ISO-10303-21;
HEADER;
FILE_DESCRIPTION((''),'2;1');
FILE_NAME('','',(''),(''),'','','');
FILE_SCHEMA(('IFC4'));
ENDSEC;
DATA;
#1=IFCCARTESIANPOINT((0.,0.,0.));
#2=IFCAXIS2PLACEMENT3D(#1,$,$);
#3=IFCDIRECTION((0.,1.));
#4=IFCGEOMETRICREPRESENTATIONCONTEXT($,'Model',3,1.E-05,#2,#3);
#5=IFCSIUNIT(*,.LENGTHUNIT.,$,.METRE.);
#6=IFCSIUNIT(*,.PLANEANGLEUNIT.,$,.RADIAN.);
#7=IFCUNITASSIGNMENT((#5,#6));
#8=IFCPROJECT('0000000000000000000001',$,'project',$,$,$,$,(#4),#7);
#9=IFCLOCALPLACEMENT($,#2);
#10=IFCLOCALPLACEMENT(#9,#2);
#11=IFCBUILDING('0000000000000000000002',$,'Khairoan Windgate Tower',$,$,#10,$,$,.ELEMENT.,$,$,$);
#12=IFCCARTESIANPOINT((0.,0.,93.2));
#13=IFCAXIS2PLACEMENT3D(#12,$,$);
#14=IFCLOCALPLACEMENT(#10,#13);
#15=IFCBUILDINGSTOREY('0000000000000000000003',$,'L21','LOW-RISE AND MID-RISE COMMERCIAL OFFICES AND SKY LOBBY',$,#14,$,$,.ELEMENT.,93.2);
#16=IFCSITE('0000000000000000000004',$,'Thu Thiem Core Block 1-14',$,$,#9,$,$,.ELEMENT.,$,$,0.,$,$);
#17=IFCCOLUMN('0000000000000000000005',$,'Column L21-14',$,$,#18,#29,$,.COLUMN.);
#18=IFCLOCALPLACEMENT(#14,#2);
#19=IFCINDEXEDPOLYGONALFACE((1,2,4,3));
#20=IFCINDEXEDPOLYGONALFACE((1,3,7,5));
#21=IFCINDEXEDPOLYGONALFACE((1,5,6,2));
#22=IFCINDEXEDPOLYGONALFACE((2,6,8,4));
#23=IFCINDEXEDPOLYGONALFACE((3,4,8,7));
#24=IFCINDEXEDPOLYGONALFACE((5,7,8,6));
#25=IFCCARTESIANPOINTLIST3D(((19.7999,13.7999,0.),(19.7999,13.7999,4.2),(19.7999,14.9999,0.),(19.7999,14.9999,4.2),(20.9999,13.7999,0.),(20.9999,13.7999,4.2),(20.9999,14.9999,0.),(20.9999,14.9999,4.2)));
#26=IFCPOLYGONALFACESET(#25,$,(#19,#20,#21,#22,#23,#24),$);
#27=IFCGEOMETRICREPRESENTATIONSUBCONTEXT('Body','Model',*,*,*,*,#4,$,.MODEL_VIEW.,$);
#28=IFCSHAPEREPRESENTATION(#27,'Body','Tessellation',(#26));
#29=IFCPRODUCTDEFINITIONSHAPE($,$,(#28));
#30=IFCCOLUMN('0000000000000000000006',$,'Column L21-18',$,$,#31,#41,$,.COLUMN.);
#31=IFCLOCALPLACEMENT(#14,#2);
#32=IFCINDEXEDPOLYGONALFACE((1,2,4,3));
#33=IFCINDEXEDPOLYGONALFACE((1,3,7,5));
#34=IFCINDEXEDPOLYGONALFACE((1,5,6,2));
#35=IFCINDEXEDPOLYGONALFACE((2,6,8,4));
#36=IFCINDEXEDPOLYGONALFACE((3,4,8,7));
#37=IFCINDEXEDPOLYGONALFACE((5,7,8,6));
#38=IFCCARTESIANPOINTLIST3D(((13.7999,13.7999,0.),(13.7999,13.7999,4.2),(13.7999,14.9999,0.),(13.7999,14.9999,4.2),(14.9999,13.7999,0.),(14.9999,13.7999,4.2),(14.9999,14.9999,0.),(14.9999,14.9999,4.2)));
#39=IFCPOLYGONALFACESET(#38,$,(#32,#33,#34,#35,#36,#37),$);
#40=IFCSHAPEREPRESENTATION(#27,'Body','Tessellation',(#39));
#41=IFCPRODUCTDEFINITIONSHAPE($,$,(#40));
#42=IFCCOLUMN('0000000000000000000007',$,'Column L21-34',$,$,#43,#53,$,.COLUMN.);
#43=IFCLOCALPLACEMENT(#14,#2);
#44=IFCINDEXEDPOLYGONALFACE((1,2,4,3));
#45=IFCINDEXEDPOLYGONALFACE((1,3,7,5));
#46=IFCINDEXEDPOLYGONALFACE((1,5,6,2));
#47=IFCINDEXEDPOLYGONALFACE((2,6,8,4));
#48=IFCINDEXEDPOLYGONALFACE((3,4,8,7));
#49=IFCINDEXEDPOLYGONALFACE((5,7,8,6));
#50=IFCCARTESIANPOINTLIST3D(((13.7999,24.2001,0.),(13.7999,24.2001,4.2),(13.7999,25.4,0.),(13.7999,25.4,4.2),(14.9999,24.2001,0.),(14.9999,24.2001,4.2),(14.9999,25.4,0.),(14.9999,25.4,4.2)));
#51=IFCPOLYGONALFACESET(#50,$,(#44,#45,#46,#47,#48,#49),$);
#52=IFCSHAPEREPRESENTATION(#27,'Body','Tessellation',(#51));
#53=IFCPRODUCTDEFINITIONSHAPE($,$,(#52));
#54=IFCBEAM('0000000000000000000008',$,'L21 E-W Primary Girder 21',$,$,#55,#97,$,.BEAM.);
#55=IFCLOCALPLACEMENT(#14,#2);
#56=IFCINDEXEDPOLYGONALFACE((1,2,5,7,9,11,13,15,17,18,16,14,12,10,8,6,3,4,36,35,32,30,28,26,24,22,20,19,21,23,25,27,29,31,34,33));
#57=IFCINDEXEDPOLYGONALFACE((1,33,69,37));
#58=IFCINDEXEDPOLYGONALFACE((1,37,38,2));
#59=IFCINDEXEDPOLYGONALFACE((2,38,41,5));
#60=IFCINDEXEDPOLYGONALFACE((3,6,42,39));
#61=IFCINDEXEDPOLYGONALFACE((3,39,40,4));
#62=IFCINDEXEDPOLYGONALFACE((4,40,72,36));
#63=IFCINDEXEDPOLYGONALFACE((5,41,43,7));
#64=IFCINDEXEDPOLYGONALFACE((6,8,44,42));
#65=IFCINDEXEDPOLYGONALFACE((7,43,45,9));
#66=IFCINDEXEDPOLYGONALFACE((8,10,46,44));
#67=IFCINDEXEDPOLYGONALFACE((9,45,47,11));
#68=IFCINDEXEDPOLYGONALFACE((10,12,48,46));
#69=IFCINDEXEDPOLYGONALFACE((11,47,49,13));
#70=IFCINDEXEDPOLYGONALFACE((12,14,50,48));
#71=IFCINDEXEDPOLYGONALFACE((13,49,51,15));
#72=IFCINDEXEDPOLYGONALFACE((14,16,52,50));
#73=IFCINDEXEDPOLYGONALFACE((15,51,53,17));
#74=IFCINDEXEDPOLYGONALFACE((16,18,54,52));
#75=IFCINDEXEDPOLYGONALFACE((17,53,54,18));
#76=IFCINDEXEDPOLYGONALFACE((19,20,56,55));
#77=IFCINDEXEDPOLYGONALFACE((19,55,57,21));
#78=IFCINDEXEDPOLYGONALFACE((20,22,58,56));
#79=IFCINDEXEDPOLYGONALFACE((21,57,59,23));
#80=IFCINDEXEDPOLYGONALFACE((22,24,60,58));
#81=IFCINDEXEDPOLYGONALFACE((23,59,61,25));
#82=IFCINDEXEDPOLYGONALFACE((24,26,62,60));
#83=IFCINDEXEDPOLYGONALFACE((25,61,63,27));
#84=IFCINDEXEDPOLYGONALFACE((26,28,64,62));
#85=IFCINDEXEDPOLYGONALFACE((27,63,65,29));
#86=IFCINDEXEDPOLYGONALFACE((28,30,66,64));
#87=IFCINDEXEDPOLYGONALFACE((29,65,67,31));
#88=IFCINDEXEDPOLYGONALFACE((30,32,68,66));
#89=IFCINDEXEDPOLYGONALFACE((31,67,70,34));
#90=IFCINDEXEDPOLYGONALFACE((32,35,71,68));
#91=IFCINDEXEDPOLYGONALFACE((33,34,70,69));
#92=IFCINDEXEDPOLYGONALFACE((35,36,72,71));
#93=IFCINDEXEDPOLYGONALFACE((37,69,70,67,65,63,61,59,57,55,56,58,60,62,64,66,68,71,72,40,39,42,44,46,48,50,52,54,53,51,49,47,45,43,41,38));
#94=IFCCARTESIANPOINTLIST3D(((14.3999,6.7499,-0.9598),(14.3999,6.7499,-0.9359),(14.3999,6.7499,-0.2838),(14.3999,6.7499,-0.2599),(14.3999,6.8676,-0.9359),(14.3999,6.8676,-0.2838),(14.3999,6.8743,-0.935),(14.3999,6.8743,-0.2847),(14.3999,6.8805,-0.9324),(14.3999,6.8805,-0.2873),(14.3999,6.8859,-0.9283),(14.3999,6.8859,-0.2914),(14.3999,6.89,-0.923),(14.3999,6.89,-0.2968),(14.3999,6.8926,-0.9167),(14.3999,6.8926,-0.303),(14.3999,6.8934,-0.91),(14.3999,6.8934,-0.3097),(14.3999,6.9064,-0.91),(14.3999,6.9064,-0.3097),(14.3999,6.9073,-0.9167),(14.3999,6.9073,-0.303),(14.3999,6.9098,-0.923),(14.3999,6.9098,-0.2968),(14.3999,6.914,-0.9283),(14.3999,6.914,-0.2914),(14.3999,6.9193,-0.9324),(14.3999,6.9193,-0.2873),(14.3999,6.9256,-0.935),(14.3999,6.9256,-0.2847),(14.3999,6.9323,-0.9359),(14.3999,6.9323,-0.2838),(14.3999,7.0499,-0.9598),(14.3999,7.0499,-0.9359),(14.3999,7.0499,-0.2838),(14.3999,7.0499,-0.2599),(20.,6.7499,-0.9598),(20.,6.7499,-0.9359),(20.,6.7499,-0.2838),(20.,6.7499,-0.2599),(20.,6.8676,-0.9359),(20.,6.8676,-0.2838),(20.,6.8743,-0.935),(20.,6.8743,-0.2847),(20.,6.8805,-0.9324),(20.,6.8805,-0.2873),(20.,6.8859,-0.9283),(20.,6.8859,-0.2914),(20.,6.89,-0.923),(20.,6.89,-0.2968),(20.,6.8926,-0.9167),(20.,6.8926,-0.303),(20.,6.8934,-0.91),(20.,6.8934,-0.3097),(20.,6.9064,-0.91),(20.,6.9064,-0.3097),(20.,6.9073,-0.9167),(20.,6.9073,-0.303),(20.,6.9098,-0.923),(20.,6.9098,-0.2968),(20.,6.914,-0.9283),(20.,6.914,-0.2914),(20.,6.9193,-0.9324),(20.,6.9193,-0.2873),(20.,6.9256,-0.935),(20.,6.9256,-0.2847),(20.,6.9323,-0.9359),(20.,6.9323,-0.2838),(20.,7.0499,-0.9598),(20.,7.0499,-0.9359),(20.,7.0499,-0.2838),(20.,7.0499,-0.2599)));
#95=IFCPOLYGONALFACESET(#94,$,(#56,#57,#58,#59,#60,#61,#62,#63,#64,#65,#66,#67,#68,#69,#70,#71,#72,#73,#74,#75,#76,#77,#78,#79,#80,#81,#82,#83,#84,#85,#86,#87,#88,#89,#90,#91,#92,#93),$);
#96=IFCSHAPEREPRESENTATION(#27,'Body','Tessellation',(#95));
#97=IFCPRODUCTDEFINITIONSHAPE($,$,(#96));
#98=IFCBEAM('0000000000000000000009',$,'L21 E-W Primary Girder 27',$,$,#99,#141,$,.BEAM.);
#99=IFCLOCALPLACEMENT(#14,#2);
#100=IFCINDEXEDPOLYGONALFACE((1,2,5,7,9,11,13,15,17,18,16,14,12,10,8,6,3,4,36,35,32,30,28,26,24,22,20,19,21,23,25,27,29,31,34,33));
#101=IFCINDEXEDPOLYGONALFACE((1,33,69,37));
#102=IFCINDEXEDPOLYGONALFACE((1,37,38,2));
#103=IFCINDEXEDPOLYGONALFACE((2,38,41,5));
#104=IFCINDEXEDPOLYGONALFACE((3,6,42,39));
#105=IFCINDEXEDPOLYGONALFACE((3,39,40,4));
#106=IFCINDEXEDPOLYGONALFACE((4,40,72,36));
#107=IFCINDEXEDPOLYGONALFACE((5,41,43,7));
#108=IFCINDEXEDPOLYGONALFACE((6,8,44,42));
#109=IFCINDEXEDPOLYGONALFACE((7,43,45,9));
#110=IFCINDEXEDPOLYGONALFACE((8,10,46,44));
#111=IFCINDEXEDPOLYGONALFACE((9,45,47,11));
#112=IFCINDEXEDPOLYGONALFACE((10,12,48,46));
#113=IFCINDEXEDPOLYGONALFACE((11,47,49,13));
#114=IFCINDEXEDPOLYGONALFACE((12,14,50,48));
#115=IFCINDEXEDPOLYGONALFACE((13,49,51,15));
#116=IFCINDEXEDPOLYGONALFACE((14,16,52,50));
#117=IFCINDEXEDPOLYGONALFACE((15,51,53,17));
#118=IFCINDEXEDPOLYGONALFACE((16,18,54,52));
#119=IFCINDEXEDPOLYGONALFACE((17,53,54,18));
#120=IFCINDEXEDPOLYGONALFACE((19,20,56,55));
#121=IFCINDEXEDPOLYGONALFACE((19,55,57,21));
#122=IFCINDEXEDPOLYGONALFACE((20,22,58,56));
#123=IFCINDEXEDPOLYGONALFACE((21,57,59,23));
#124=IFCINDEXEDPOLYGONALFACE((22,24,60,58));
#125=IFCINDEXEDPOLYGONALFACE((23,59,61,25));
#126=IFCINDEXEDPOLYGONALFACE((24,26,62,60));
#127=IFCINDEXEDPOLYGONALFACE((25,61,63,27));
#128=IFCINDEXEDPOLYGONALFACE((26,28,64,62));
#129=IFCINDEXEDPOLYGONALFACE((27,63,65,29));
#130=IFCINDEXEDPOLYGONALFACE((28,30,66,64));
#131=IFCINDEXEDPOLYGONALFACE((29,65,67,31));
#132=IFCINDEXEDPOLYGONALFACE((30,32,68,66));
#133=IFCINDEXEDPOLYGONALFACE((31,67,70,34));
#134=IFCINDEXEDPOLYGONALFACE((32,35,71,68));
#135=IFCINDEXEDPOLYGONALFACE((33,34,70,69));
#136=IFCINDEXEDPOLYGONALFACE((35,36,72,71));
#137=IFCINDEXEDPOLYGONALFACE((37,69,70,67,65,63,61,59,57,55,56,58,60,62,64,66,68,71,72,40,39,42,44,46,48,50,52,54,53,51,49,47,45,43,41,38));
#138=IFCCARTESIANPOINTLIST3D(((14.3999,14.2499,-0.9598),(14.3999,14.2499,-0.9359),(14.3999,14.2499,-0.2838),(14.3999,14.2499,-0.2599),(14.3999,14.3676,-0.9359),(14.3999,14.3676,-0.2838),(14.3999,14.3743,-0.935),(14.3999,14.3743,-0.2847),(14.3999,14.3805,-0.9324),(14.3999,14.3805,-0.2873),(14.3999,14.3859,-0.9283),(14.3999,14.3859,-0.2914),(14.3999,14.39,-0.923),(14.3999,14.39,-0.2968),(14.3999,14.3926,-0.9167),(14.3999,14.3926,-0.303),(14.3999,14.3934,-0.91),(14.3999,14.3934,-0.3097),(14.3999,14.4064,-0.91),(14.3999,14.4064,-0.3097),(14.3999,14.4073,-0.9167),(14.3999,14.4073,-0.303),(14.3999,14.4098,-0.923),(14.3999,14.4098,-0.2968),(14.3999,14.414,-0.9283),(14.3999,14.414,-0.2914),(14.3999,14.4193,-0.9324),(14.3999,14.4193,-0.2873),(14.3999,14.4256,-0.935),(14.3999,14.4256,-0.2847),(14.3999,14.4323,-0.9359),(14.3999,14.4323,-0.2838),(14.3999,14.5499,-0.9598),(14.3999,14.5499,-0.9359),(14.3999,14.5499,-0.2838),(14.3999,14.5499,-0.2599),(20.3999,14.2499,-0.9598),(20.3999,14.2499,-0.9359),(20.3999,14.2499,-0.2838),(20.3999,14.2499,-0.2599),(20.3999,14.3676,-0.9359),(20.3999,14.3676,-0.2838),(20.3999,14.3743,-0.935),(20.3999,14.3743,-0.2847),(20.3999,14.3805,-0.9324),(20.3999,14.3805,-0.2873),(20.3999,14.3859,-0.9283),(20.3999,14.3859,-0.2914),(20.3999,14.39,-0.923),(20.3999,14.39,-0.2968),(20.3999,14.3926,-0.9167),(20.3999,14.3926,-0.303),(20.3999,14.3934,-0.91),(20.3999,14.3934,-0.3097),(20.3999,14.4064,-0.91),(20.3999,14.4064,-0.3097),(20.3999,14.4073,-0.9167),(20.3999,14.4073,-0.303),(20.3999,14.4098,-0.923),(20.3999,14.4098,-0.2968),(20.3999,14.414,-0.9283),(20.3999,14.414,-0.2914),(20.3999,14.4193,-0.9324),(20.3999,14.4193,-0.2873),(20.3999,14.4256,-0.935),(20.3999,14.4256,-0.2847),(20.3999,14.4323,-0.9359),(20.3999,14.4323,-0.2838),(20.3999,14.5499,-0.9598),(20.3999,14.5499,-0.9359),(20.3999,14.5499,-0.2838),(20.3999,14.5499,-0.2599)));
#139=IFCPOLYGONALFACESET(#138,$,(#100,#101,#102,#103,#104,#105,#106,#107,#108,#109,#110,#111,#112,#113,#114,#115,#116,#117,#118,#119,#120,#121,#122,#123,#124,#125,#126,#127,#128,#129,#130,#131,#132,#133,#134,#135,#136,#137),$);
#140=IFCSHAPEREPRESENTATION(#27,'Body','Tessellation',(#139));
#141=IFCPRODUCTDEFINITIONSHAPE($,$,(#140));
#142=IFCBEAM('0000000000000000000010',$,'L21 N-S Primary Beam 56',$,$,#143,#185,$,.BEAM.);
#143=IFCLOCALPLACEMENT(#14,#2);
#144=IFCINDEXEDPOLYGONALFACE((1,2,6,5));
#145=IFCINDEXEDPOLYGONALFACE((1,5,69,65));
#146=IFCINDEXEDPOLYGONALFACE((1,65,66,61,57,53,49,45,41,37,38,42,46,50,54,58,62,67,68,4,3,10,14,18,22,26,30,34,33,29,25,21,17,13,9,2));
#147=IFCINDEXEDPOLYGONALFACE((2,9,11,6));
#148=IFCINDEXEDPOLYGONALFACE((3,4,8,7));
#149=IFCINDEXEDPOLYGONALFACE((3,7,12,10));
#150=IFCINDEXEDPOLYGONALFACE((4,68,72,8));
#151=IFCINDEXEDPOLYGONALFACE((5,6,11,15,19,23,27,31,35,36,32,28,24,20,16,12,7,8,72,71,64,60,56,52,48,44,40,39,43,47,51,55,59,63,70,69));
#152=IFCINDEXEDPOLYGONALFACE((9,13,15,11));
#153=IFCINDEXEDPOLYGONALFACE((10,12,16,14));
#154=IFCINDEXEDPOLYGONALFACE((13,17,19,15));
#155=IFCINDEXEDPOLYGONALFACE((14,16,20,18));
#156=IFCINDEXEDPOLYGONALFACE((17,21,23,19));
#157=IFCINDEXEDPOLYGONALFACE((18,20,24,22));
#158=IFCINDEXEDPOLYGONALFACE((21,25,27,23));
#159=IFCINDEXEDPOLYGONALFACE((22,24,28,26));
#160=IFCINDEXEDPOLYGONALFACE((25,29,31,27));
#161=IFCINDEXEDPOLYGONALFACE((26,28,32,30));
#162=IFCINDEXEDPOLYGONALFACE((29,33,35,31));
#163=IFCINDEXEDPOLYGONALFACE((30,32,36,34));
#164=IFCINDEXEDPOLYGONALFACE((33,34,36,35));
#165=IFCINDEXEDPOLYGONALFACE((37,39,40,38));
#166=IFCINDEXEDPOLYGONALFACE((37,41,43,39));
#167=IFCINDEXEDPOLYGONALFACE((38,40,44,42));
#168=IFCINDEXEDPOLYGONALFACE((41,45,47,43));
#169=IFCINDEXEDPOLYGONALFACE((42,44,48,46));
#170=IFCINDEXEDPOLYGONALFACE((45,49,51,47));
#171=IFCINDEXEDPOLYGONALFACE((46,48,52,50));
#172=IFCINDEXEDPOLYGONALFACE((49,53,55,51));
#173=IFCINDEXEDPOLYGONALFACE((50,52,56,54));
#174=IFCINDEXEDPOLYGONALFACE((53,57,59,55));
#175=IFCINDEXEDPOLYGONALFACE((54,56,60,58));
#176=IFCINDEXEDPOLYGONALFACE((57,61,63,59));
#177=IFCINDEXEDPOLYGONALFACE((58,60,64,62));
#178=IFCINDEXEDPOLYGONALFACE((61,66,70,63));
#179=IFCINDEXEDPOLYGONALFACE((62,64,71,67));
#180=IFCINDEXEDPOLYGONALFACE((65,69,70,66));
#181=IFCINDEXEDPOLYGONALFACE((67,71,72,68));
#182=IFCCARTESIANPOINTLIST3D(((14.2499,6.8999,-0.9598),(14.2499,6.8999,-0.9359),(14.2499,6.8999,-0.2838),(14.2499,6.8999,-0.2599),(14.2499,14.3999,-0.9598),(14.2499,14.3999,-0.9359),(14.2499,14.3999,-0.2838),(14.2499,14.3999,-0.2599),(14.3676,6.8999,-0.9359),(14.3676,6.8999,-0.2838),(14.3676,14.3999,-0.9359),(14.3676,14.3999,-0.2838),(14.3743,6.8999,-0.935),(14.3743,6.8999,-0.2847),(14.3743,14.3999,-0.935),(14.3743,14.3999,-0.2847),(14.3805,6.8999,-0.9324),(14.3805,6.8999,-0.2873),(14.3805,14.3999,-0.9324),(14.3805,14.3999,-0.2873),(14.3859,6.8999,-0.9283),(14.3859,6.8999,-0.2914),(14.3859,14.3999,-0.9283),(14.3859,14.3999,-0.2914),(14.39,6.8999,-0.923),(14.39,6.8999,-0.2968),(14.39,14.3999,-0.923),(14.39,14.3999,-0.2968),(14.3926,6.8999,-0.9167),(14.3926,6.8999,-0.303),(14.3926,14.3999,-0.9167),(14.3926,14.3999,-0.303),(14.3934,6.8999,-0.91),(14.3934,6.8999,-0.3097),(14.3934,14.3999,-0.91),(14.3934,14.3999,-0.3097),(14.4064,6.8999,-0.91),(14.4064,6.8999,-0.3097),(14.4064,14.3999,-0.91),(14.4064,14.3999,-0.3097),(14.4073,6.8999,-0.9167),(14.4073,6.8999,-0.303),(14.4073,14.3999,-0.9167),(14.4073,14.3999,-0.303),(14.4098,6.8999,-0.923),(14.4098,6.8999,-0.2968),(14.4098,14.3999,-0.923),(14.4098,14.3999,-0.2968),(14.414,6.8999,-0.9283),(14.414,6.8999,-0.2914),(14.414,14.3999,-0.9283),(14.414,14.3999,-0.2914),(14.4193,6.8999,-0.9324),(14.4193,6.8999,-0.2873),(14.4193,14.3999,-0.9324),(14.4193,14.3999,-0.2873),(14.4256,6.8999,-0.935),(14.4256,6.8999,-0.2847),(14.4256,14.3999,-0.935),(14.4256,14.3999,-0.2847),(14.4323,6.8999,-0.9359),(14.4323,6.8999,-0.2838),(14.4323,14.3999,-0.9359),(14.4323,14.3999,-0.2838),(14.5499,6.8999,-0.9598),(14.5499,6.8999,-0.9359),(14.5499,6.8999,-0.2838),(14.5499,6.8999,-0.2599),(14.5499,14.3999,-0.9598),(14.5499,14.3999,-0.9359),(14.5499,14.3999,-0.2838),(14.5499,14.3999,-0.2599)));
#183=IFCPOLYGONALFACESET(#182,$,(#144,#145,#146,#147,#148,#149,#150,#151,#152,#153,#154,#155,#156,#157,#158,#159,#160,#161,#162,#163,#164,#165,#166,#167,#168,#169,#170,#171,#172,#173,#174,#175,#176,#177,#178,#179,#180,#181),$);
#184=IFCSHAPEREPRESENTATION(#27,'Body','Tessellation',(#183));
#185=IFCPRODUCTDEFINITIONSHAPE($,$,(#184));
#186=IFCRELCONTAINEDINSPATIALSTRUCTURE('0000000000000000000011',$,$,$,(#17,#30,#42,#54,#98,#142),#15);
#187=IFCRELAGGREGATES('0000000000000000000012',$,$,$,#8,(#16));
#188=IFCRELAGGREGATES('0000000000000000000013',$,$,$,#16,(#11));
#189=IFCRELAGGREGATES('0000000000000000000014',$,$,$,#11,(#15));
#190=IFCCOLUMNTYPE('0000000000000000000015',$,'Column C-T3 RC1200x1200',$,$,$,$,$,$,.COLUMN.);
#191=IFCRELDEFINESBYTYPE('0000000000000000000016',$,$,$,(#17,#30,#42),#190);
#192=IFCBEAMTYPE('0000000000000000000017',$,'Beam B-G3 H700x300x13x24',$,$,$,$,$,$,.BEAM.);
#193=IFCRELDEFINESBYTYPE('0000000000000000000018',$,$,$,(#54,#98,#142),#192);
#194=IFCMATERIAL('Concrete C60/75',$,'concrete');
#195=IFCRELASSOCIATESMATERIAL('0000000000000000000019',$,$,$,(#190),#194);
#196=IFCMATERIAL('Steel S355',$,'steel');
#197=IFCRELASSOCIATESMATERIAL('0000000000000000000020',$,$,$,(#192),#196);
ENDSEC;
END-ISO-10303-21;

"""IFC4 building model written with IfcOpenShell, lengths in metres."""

from ifc_helpers import new_model, si_unit, direction, frame, origin, origin_2d, place, context, subcontext, project, spatial, rectangle, i_section, extrude, material, material_profile, profile_set, type_object, element, save


model = new_model("IFC4")

# Units and contexts
model_context = context("Model", 3, precision=1e-05, world=origin(), true_north=direction((0.0, 1.0)))
body_context = subcontext(model_context, "Body", "Model", "MODEL_VIEW")
ifc_project = project(units=[si_unit("LENGTHUNIT", "METRE"), si_unit("PLANEANGLEUNIT", "RADIAN")], contexts=[model_context])

# Site, building, storey
site_placement = place(None, origin())
site = spatial("IfcSite", under=ifc_project, at=site_placement, Name="Thu Thiem Core Block 1-14", CompositionType="ELEMENT", RefElevation=0.0)
building_placement = place(site_placement, origin())
building = spatial("IfcBuilding", under=site, at=building_placement, Name="Khairoan Windgate Tower", CompositionType="ELEMENT")
storey_placement = place(building_placement, frame((0.0, 0.0, 93.2)))
storey = spatial("IfcBuildingStorey", under=building, at=storey_placement, Name="L21", Description="LOW-RISE AND MID-RISE COMMERCIAL OFFICES AND SKY LOBBY", CompositionType="ELEMENT", Elevation=93.2)

# Columns
ifc_material_1 = material(Name="Concrete C60/75", Category="concrete")
ifc_material_profile_1 = material_profile(ifc_material_1, rectangle(XDim=1.2, YDim=1.2, at=origin_2d()))
ifc_profile_set_1 = profile_set([ifc_material_profile_1], Name="Concrete C60/75")
column_type = type_object("IfcColumnType", Name="Column C-T3 RC1200x1200", PredefinedType="COLUMN", material=ifc_profile_set_1)
for number, where, z_axis, x_axis, name in (
    (1, (20.3999, 14.3999, 0.0), (0.0, 0.0, 1.0), (1.0, 0.0, 0.0), "Column L21-14"),
    (2, (14.3999, 14.3999, 0.0), (0.0, 0.0, 1.0), (1.0, 0.0, 0.0), "Column L21-18"),
    (3, (14.3999, 24.8, 0.0), (0.0, 0.0, 1.0), (1.0, 0.0, 0.0), "Column L21-34"),
):
    element("IfcColumn", number, at=place(storey_placement, frame(where, z_axis=z_axis, x_axis=x_axis)), inside=storey, type_object=column_type, Name=name, PredefinedType="COLUMN", context=body_context, shape_type="SweptSolid", body=[
        extrude(rectangle(XDim=1.2, YDim=1.2, at=origin_2d()), origin(), (0.0, 0.0, 1.0), 4.2),
    ])

# Beams
ifc_material_2 = material(Name="Steel S355", Category="steel")
ifc_material_profile_2 = material_profile(ifc_material_2, i_section(OverallWidth=0.3, OverallDepth=0.7, WebThickness=0.0129, FlangeThickness=0.0239, FilletRadius=0.0259, at=origin_2d()))
ifc_profile_set_2 = profile_set([ifc_material_profile_2], Name="Steel S355")
beam_type_1 = type_object("IfcBeamType", Name="Beam B-G3 H700x300x13x24", PredefinedType="BEAM", material=ifc_profile_set_2)
beam_1_placement = place(storey_placement, frame((14.3999, 6.8999, -0.6099), z_axis=(1.0, 0.0, 0.0), x_axis=(0.0, 1.0, 0.0)))
element("IfcBeam", 4, at=beam_1_placement, inside=storey, type_object=beam_type_1, Name="L21 E-W Primary Girder 21", PredefinedType="BEAM", context=body_context, shape_type="SweptSolid", body=[
    extrude(i_section(OverallWidth=0.3, OverallDepth=0.7, WebThickness=0.0129, FlangeThickness=0.0239, FilletRadius=0.0259, at=origin_2d()), origin(), (0.0, 0.0, 1.0), 5.6001),
])
beam_2_placement = place(storey_placement, frame((14.3999, 14.3999, -0.6099), z_axis=(1.0, 0.0, 0.0), x_axis=(0.0, 1.0, 0.0)))
element("IfcBeam", 5, at=beam_2_placement, inside=storey, type_object=beam_type_1, Name="L21 E-W Primary Girder 27", PredefinedType="BEAM", context=body_context, shape_type="SweptSolid", body=[
    extrude(i_section(OverallWidth=0.3, OverallDepth=0.7, WebThickness=0.0129, FlangeThickness=0.0239, FilletRadius=0.0259, at=origin_2d()), origin(), (0.0, 0.0, 1.0), 6.0),
])
beam_3_placement = place(storey_placement, frame((14.3999, 6.8999, -0.6099), z_axis=(0.0, 1.0, 0.0), x_axis=(-1.0, 0.0, 0.0)))
element("IfcBeam", 6, at=beam_3_placement, inside=storey, type_object=beam_type_1, Name="L21 N-S Primary Beam 56", PredefinedType="BEAM", context=body_context, shape_type="SweptSolid", body=[
    extrude(i_section(OverallWidth=0.3, OverallDepth=0.7, WebThickness=0.0129, FlangeThickness=0.0239, FilletRadius=0.0259, at=origin_2d()), origin(), (0.0, 0.0, 1.0), 7.5),
])

save(model, "model.ifc")
